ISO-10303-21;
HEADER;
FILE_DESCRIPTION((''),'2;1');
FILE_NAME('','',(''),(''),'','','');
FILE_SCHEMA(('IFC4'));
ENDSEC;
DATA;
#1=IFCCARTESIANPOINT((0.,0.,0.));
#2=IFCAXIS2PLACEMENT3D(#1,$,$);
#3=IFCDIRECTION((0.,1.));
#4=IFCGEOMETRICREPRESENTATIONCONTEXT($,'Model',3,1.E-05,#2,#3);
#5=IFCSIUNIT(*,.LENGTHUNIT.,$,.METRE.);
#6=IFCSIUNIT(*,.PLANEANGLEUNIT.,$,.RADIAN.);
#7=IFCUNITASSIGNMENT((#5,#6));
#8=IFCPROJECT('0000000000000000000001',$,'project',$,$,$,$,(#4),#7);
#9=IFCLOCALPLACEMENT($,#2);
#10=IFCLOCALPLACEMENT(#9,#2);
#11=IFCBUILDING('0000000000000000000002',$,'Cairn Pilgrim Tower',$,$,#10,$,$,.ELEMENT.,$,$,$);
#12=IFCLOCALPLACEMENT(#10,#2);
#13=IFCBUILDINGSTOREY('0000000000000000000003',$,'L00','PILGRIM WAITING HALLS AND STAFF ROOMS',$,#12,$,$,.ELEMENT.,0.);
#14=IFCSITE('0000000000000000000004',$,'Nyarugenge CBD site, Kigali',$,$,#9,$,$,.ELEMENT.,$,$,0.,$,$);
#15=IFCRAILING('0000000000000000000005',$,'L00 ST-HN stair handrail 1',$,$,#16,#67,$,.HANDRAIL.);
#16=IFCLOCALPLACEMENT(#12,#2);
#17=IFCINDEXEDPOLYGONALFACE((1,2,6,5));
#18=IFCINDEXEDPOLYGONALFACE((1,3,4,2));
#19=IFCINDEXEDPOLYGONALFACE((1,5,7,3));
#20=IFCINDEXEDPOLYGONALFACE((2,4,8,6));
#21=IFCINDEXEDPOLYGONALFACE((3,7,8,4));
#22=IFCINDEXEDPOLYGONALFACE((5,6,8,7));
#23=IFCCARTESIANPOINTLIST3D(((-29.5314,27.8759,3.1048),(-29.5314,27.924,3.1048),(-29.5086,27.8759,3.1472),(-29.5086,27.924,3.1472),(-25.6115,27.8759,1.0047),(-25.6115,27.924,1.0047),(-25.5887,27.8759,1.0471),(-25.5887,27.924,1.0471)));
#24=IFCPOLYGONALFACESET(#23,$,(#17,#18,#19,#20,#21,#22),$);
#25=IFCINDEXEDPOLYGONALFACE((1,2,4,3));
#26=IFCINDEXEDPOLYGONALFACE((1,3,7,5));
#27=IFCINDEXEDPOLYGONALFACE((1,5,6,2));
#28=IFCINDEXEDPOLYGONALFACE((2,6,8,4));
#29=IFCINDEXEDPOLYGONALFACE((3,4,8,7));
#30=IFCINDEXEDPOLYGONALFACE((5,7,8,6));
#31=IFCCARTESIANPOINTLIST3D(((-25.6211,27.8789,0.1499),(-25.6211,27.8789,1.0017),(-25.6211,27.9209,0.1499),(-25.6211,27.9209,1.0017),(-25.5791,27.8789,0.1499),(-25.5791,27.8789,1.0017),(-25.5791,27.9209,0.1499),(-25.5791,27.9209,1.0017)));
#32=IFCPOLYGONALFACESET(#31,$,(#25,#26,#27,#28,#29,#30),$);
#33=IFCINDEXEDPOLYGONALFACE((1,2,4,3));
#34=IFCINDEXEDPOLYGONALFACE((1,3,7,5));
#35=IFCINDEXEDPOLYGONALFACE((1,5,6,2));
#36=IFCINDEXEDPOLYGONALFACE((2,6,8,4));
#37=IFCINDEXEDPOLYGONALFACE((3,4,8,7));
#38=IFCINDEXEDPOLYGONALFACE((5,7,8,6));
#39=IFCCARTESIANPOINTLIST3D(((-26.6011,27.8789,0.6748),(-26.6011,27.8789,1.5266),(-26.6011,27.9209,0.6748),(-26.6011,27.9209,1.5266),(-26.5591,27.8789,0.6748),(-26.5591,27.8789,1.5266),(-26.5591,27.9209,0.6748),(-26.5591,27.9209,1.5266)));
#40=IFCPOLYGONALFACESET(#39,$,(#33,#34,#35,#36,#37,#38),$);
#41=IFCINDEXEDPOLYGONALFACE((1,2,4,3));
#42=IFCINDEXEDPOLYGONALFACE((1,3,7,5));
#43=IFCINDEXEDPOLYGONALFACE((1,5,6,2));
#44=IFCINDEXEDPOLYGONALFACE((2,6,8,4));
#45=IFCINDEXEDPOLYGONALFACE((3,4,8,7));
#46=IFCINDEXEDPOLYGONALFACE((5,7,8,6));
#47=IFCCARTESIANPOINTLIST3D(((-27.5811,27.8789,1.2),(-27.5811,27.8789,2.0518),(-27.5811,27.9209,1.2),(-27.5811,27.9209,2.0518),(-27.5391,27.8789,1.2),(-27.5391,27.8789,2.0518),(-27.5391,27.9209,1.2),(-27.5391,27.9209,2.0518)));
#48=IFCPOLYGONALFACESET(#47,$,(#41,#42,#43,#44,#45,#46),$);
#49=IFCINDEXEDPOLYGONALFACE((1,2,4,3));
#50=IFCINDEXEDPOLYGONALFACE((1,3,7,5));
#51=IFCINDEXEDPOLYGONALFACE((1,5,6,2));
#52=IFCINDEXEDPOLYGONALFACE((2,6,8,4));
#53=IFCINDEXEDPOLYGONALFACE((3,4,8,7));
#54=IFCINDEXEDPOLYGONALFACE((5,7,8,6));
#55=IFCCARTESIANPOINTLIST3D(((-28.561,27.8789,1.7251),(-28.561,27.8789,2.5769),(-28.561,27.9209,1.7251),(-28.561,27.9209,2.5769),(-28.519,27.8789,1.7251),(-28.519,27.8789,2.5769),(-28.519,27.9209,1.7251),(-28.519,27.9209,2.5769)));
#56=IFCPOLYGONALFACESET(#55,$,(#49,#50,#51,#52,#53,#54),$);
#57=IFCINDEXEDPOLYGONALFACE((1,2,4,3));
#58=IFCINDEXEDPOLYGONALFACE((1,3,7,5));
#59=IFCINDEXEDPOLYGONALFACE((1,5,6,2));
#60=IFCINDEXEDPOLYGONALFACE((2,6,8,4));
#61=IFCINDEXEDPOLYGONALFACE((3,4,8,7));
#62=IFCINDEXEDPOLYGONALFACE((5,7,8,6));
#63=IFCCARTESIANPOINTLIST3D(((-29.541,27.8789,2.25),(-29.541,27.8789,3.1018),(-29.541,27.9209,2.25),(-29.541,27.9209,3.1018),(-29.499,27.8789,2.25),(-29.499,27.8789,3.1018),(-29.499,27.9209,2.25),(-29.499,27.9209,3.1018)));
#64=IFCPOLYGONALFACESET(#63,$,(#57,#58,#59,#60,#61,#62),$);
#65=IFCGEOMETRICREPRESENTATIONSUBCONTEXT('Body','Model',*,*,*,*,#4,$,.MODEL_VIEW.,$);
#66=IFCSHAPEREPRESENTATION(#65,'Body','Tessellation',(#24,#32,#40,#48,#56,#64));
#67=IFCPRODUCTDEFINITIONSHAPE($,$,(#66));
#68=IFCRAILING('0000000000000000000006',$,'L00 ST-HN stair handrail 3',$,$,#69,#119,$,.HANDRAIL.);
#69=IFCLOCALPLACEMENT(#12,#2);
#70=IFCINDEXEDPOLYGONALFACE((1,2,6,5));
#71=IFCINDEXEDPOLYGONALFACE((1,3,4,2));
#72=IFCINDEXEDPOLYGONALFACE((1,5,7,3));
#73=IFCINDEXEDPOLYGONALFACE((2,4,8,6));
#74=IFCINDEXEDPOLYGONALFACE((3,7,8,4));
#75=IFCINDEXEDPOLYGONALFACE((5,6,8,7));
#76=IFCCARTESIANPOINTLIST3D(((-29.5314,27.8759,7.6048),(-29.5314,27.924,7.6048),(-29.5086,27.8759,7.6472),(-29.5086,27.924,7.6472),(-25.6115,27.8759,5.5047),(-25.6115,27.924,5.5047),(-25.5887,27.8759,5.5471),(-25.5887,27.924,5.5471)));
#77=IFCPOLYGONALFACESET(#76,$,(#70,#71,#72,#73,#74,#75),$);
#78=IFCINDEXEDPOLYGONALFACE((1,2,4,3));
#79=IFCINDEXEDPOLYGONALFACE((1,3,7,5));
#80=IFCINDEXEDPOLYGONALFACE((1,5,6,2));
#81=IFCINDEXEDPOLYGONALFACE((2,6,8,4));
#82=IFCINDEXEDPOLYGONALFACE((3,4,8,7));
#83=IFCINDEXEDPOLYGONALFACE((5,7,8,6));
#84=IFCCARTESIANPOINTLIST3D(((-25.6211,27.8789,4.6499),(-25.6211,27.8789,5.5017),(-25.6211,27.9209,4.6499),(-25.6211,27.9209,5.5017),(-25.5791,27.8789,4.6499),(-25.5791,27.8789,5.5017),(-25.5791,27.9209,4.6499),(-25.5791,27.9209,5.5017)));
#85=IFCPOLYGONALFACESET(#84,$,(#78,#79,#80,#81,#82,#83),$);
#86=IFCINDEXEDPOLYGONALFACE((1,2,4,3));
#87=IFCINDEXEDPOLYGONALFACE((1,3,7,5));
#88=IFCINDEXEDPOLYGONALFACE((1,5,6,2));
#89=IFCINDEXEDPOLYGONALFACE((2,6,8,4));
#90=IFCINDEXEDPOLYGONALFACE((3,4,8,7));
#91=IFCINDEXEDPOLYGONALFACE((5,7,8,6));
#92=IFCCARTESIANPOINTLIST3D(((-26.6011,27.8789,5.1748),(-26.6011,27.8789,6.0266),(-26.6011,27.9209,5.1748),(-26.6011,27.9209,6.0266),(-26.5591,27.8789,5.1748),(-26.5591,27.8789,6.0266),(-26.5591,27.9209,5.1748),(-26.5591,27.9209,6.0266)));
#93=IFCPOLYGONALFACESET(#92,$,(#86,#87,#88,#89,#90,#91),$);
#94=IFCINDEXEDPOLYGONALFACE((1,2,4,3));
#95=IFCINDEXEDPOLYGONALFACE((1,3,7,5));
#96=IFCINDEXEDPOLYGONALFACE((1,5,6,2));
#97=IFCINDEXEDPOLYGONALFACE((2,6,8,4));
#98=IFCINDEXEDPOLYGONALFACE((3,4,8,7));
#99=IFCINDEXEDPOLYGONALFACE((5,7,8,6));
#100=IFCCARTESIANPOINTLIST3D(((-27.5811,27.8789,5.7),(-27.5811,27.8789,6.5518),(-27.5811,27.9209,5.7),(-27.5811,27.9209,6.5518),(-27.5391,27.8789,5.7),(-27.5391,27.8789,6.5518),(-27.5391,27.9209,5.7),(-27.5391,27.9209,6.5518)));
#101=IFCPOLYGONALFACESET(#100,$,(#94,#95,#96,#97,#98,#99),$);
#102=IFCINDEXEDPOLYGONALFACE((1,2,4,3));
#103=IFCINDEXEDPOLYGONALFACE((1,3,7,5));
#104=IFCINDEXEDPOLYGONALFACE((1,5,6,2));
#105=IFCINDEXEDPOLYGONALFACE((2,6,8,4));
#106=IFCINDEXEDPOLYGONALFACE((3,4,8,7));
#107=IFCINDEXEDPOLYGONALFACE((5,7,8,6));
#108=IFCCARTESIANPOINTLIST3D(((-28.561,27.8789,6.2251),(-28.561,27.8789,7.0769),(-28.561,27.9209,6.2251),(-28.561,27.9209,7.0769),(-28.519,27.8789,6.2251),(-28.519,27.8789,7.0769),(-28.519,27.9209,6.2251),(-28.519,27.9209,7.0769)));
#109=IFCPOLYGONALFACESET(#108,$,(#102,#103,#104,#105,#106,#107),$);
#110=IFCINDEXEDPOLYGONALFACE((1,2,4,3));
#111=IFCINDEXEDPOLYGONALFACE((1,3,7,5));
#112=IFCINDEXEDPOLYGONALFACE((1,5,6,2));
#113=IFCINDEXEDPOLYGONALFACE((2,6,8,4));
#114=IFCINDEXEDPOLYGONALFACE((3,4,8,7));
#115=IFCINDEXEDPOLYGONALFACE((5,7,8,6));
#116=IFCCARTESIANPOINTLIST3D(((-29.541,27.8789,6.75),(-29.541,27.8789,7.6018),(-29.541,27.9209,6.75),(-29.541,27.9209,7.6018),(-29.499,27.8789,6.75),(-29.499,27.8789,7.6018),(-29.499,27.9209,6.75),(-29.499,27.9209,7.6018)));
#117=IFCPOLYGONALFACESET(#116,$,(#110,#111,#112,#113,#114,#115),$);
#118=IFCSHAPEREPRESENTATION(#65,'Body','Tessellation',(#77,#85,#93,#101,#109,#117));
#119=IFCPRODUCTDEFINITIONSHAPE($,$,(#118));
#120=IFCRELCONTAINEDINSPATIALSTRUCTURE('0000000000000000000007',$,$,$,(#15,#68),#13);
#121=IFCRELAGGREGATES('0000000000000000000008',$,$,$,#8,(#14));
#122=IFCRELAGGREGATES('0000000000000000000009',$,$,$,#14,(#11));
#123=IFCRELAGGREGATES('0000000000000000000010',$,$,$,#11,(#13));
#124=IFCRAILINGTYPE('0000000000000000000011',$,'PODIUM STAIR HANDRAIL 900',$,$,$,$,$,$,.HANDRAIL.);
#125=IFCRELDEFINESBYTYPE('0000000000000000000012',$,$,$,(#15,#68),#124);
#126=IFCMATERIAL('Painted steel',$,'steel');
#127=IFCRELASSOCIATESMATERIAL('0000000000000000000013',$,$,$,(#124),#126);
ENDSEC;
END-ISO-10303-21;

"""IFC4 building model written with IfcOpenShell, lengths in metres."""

from ifc_helpers import new_model, si_unit, direction, frame, origin, origin_2d, place, context, subcontext, project, spatial, rectangle, extrude, material, type_object, element, save


model = new_model("IFC4")

# Units and contexts
model_context = context("Model", 3, precision=1e-05, world=origin(), true_north=direction((0.0, 1.0)))
body_context = subcontext(model_context, "Body", "Model", "MODEL_VIEW")
ifc_project = project(units=[si_unit("LENGTHUNIT", "METRE"), si_unit("PLANEANGLEUNIT", "RADIAN")], contexts=[model_context])

# Site, building, storey
site_placement = place(None, origin())
site = spatial("IfcSite", under=ifc_project, at=site_placement, Name="Nyarugenge CBD site, Kigali", CompositionType="ELEMENT", RefElevation=0.0)
building_placement = place(site_placement, origin())
building = spatial("IfcBuilding", under=site, at=building_placement, Name="Cairn Pilgrim Tower", CompositionType="ELEMENT")
storey_placement = place(building_placement, origin())
storey = spatial("IfcBuildingStorey", under=building, at=storey_placement, Name="L00", Description="PILGRIM WAITING HALLS AND STAFF ROOMS", CompositionType="ELEMENT", Elevation=0.0)

# Railings
ifc_material_1 = material(Name="Painted steel", Category="steel")
railing_type_1 = type_object("IfcRailingType", Name="PODIUM STAIR HANDRAIL 900", PredefinedType="HANDRAIL", material=ifc_material_1)
for number, where, name in (
    (1, (-25.6001, 27.8999, 0.1499), "L00 ST-HN stair handrail 1"),
    (2, (-25.6001, 27.8999, 4.6499), "L00 ST-HN stair handrail 3"),
):
    element("IfcRailing", number, at=place(storey_placement, frame(where)), inside=storey, type_object=railing_type_1, Name=name, PredefinedType="HANDRAIL", context=body_context, shape_type="SweptSolid", body=[
        extrude(rectangle(XDim=0.0481, YDim=0.0481, at=origin_2d()), frame((0.0, 0.0, 0.876), z_axis=(-0.881467, 0.0, 0.472246), x_axis=(0.0, -1.0, 0.0)), (0.0, 0.0, 1.0), 4.447),
        extrude(rectangle(XDim=0.042, YDim=0.042, at=origin_2d()), origin(), (0.0, 0.0, 1.0), 0.8518),
        extrude(rectangle(XDim=0.042, YDim=0.042, at=origin_2d()), frame((-0.98, 0.0, 0.5249)), (0.0, 0.0, 1.0), 0.8518),
        extrude(rectangle(XDim=0.042, YDim=0.042, at=origin_2d()), frame((-1.96, 0.0, 1.05)), (0.0, 0.0, 1.0), 0.8518),
        extrude(rectangle(XDim=0.042, YDim=0.042, at=origin_2d()), frame((-2.9399, 0.0, 1.5752)), (0.0, 0.0, 1.0), 0.8518),
        extrude(rectangle(XDim=0.042, YDim=0.042, at=origin_2d()), frame((-3.9199, 0.0, 2.1001)), (0.0, 0.0, 1.0), 0.8518),
    ])

save(model, "model.ifc")
